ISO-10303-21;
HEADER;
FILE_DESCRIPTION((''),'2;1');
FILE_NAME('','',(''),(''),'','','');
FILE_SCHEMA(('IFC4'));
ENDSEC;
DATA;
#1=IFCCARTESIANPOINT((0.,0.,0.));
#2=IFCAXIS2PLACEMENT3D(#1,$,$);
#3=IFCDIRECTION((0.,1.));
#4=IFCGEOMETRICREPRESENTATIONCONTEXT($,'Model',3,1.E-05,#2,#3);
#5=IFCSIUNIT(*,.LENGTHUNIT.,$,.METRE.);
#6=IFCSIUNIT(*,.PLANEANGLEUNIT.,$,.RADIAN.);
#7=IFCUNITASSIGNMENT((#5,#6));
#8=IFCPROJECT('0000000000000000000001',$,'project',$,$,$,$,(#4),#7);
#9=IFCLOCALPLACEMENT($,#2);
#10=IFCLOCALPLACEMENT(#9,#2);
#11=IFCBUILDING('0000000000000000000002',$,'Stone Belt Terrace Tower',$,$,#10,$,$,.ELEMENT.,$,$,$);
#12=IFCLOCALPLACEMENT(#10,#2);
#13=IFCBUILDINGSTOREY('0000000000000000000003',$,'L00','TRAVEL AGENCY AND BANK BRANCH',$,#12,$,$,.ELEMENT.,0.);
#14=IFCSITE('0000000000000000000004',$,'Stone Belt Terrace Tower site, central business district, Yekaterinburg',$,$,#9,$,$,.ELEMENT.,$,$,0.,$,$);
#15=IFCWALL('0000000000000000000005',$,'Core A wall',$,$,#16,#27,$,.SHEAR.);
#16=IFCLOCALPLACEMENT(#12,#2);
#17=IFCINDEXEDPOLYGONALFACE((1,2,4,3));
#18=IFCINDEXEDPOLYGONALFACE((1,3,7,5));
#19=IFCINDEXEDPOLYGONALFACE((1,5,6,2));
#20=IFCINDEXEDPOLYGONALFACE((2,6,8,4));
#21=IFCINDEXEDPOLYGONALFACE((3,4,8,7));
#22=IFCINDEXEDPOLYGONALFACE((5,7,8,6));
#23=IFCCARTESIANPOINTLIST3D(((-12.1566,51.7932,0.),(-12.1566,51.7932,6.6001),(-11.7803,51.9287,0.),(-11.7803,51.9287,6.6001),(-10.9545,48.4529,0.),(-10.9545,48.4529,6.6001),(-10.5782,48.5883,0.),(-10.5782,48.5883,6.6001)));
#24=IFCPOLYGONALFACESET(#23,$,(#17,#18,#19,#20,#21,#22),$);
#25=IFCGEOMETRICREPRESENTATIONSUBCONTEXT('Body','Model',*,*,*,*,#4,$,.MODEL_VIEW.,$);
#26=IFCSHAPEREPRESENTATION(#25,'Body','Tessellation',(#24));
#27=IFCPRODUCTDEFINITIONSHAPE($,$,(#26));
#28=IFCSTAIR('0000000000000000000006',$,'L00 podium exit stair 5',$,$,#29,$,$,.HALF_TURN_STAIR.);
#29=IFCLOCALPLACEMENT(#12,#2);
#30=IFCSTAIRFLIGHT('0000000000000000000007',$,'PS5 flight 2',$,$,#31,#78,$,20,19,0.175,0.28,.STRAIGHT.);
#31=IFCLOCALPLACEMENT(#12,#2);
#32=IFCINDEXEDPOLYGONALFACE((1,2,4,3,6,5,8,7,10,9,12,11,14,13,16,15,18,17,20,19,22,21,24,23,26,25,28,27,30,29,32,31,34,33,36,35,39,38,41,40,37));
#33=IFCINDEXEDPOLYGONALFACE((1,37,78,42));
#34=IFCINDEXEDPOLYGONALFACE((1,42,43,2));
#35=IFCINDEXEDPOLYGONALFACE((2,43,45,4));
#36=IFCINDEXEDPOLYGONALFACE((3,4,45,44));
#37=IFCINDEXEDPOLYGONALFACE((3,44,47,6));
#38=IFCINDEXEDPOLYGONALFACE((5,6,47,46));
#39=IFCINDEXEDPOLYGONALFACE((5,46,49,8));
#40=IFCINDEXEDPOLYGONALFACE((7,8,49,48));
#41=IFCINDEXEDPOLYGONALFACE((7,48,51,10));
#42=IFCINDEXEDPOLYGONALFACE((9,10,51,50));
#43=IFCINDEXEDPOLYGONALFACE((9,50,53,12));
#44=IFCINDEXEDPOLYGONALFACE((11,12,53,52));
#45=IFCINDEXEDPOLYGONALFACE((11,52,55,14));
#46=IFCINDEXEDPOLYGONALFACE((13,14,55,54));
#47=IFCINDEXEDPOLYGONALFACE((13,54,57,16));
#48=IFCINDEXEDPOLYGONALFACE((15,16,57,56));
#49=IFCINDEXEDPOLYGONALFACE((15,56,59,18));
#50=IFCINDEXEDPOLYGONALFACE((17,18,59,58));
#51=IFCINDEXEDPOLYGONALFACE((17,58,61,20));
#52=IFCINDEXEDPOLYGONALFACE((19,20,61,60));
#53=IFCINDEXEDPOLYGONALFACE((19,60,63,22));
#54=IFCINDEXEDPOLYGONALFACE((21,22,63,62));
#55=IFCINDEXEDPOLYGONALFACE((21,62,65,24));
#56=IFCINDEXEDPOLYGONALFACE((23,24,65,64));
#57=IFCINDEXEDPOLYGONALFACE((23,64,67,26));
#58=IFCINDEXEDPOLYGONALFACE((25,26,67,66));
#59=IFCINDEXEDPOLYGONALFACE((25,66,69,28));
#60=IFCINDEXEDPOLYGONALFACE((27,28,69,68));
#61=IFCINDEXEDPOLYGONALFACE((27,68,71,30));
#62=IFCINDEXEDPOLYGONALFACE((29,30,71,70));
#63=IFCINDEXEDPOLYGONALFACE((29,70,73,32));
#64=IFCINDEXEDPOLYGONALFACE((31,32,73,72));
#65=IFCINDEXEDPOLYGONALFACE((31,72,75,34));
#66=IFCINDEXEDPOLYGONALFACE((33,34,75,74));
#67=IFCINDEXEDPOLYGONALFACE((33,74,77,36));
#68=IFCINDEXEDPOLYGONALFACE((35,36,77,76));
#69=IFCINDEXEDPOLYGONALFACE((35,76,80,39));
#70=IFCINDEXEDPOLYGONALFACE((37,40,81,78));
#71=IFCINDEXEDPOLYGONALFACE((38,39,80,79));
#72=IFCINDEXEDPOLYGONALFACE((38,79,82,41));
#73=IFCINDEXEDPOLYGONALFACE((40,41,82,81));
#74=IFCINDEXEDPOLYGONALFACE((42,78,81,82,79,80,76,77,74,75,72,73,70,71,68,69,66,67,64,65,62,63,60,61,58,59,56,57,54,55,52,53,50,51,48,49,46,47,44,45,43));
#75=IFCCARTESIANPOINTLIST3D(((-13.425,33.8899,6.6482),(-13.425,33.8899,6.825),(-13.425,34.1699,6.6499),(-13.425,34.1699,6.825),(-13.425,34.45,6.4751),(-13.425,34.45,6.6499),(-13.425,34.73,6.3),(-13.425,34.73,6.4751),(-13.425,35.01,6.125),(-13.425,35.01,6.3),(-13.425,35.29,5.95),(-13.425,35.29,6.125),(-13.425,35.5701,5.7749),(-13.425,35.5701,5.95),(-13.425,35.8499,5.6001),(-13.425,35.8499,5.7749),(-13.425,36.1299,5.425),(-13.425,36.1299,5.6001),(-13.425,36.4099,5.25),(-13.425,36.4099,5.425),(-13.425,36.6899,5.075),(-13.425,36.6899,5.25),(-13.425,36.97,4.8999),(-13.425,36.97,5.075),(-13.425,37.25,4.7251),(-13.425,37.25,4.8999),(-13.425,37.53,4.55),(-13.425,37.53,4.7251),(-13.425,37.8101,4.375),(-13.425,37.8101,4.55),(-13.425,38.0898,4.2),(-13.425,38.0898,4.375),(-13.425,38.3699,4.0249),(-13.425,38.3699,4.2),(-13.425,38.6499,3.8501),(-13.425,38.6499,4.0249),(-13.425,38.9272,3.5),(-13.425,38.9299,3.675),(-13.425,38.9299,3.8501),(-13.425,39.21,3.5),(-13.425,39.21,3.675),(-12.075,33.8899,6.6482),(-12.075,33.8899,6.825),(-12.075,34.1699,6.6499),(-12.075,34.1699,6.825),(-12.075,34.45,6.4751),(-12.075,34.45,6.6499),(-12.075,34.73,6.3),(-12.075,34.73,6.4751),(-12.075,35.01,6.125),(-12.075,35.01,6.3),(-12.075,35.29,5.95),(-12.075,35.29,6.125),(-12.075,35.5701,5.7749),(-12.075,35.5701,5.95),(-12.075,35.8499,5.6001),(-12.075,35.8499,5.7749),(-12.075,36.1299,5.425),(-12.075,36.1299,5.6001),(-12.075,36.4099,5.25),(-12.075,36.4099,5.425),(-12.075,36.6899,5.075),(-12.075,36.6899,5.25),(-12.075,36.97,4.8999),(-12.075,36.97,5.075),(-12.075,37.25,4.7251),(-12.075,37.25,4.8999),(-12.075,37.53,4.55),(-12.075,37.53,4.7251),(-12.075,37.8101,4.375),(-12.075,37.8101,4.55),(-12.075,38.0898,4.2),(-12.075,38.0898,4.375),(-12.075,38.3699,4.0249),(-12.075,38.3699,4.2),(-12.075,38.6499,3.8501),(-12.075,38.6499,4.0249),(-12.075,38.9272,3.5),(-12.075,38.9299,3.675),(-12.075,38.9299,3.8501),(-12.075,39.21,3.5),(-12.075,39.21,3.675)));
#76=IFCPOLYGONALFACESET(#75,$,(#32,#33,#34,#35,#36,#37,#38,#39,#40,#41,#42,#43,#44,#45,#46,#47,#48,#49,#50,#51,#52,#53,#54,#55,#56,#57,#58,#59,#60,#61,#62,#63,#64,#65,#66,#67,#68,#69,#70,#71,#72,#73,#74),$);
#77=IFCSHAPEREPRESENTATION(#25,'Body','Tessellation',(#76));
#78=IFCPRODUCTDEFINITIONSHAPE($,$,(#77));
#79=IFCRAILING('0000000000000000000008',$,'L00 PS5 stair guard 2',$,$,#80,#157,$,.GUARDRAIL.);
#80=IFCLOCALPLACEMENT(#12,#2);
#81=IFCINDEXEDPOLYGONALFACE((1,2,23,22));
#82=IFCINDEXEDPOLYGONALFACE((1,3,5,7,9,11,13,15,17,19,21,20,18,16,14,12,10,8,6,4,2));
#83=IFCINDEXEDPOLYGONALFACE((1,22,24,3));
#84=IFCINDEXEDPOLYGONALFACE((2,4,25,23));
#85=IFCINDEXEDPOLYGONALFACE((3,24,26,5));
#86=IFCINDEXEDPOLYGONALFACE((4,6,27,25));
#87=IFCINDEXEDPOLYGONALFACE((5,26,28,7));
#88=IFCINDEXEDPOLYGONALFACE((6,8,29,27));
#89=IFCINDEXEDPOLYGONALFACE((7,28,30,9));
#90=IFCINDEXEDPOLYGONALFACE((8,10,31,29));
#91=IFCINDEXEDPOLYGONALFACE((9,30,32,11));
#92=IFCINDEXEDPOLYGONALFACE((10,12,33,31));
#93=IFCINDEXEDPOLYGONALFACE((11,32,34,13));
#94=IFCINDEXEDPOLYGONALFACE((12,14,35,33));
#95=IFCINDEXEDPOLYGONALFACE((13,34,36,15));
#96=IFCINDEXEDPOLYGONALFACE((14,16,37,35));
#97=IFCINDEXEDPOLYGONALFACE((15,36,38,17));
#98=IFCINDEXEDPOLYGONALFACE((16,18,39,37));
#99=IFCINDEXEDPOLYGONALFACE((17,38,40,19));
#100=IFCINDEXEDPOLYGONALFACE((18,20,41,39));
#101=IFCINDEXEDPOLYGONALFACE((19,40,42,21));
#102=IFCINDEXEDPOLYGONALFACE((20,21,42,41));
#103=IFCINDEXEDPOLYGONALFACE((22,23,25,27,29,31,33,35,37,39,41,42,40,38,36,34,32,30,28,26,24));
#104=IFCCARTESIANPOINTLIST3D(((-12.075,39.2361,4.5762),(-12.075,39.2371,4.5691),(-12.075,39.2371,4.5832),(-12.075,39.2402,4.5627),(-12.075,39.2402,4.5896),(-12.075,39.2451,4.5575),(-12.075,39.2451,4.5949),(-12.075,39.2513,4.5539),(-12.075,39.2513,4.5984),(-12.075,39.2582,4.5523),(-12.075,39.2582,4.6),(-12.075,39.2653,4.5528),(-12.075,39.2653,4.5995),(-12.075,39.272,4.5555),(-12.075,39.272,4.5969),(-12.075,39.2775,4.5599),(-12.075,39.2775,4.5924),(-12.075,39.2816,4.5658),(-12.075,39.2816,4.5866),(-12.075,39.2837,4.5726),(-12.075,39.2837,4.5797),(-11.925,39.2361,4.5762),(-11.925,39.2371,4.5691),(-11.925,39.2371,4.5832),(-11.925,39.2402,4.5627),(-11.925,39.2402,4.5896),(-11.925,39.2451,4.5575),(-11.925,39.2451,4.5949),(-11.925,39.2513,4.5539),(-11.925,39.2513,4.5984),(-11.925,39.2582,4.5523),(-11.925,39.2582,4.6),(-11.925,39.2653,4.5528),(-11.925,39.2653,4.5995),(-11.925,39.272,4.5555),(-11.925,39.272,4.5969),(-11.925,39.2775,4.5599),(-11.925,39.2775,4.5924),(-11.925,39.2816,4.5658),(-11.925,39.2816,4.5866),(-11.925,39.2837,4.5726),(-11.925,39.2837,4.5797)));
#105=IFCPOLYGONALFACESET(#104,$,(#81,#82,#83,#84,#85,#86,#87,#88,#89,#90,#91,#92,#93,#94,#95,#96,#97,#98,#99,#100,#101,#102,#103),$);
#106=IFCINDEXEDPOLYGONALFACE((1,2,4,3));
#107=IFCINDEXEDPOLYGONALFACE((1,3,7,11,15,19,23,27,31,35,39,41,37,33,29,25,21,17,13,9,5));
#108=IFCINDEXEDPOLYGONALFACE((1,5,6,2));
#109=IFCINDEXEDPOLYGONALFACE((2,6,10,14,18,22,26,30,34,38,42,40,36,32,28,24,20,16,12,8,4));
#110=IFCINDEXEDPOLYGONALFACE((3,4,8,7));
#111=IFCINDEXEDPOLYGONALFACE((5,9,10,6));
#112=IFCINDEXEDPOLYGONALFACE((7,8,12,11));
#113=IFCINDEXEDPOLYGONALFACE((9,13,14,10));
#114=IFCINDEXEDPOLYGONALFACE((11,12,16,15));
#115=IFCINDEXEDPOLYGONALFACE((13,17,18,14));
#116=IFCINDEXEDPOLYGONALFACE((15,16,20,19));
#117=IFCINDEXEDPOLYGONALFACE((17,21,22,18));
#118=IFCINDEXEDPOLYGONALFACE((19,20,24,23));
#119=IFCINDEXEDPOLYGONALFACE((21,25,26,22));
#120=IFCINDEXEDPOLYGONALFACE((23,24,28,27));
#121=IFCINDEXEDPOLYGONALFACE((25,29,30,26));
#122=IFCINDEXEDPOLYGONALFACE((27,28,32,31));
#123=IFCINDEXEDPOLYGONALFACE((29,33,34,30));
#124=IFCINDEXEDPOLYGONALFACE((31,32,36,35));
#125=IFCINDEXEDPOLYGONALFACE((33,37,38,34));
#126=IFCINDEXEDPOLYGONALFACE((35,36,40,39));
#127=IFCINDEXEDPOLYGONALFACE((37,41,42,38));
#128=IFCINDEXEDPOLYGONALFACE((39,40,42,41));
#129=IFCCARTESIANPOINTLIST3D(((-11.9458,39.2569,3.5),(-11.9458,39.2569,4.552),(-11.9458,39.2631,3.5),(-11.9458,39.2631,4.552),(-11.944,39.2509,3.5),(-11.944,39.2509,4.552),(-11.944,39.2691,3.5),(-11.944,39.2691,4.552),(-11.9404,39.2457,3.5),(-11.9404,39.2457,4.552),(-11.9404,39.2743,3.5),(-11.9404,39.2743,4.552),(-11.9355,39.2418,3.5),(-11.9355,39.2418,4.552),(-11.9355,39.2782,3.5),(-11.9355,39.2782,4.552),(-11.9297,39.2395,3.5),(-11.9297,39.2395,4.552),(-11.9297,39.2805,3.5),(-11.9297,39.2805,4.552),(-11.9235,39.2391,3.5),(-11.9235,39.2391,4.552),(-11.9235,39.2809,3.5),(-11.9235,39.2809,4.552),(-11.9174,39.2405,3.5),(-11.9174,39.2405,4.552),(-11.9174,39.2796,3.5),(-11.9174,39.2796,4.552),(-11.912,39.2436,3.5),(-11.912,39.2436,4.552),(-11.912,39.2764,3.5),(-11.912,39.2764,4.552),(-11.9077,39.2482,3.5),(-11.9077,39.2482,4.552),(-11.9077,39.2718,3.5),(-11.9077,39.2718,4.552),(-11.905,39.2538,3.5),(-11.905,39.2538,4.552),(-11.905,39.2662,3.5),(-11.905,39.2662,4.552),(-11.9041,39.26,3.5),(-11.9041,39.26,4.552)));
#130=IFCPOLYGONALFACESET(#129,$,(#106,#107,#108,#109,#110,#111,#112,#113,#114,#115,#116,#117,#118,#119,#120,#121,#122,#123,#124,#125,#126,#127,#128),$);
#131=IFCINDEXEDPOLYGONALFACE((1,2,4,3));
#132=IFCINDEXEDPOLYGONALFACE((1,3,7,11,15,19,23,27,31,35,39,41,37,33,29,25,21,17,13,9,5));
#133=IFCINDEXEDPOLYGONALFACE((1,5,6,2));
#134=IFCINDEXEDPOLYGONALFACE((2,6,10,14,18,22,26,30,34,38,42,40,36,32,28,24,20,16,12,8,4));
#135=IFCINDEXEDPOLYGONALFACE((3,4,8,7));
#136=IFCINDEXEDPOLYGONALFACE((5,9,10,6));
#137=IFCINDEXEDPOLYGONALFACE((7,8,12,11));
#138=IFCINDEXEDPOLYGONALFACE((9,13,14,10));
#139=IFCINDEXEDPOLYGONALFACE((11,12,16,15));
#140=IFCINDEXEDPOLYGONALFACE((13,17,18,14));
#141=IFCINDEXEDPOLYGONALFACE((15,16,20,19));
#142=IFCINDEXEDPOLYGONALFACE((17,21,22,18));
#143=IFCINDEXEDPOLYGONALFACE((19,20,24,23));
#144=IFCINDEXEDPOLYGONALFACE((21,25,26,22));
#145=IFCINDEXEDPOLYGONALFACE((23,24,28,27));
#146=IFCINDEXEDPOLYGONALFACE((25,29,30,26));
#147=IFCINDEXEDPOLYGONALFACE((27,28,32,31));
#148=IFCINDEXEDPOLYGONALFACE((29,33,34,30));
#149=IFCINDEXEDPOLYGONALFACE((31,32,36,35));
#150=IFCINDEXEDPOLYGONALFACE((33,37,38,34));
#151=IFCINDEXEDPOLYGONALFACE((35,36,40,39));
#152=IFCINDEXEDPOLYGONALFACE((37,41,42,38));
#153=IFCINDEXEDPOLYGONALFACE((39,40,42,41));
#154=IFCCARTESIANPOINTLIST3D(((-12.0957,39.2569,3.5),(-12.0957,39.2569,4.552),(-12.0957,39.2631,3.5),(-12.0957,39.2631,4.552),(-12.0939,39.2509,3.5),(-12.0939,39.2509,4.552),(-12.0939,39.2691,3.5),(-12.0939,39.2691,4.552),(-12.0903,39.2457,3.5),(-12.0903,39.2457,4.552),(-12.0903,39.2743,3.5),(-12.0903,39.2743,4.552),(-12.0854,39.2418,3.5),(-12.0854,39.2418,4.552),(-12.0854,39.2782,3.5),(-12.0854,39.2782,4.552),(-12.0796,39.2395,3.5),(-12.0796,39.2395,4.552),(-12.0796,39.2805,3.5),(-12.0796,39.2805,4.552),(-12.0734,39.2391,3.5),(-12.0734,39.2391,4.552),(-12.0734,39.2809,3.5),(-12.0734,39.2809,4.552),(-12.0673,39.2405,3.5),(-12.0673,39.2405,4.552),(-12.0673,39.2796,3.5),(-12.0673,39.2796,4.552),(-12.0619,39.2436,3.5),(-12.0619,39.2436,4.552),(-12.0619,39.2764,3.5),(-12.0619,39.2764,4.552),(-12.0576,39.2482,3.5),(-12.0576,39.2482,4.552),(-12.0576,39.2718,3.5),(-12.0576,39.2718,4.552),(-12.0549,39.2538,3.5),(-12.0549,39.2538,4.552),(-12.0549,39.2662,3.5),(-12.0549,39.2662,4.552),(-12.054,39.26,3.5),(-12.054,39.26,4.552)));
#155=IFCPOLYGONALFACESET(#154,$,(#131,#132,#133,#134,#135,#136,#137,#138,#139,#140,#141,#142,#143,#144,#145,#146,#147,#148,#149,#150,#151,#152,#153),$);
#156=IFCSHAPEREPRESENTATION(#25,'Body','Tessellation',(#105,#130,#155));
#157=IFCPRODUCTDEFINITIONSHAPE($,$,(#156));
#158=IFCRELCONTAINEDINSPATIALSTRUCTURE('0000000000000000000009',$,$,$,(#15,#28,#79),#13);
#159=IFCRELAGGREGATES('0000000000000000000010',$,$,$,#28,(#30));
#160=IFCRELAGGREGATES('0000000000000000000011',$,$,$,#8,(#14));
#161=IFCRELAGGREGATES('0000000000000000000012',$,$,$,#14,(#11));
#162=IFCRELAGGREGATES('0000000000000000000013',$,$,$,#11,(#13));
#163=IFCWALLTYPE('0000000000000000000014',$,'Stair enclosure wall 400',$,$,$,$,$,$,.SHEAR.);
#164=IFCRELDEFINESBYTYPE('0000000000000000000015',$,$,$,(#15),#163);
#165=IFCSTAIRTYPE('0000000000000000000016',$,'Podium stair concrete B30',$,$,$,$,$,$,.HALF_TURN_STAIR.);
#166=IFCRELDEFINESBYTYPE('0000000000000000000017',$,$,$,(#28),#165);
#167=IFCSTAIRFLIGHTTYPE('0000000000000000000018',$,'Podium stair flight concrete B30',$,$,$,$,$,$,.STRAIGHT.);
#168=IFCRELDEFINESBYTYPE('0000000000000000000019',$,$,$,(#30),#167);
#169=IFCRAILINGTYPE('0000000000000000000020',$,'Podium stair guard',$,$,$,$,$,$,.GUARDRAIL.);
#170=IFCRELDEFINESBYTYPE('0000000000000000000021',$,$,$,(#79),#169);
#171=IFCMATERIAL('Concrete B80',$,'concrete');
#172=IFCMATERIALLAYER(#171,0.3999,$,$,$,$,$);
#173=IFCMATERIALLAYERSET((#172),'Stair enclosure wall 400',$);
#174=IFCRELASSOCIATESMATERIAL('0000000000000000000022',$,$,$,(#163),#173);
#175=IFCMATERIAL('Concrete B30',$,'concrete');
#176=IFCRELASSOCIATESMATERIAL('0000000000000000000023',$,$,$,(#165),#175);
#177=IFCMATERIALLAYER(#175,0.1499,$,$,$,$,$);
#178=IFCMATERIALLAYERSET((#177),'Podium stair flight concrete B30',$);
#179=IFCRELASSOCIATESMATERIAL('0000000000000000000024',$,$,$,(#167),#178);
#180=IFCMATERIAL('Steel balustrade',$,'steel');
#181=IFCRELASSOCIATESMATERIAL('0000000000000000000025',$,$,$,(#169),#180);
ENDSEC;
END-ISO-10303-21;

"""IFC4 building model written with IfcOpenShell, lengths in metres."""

from ifc_helpers import new_model, si_unit, direction, frame, frame_2d, origin, origin_2d, place, context, subcontext, project, spatial, polyline, rectangle, circle, outline, extrude, material, layer, layer_set, type_object, element, aggregate, save


model = new_model("IFC4")

# Units and contexts
model_context = context("Model", 3, precision=1e-05, world=origin(), true_north=direction((0.0, 1.0)))
body_context = subcontext(model_context, "Body", "Model", "MODEL_VIEW")
ifc_project = project(units=[si_unit("LENGTHUNIT", "METRE"), si_unit("PLANEANGLEUNIT", "RADIAN")], contexts=[model_context])

# Site, building, storey
site_placement = place(None, origin())
site = spatial("IfcSite", under=ifc_project, at=site_placement, Name="Stone Belt Terrace Tower site, central business district, Yekaterinburg", CompositionType="ELEMENT", RefElevation=0.0)
building_placement = place(site_placement, origin())
building = spatial("IfcBuilding", under=site, at=building_placement, Name="Stone Belt Terrace Tower", CompositionType="ELEMENT")
storey_placement = place(building_placement, origin())
storey = spatial("IfcBuildingStorey", under=building, at=storey_placement, Name="L00", Description="TRAVEL AGENCY AND BANK BRANCH", CompositionType="ELEMENT", Elevation=0.0)

# Shared definitions
ifc_material_1 = material(Name="Concrete B80", Category="concrete")

# Wall
ifc_material_2 = material(Name="Concrete B30", Category="concrete")
ifc_layer_1 = layer(ifc_material_1, 0.3999)
ifc_layer_set_1 = layer_set([ifc_layer_1], Name="Stair enclosure wall 400")
wall_type_1 = type_object("IfcWallType", Name="Stair enclosure wall 400", PredefinedType="SHEAR", material=ifc_layer_set_1)
wall_1_placement = place(storey_placement, frame((-10.7664, 48.5208, 0.0), z_axis=(0.0, 0.0, 1.0), x_axis=(-0.338627, 0.940921, 0.0)))
element("IfcWall", 1, at=wall_1_placement, inside=storey, type_object=wall_type_1, Name="Core A wall", PredefinedType="SHEAR", context=body_context, shape_type="SweptSolid", body=[
    extrude(rectangle(XDim=3.55, YDim=0.3999, at=frame_2d((1.7749, 0.0))), origin(), (0.0, 0.0, 1.0), 6.6001),
])

# Stair, stair flight
stair_type = type_object("IfcStairType", Name="Podium stair concrete B30", PredefinedType="HALF_TURN_STAIR", material=ifc_material_2)
stair_placement = place(storey_placement, origin())
stair = element("IfcStair", 2, at=stair_placement, inside=storey, type_object=stair_type, Name="L00 podium exit stair 5", PredefinedType="HALF_TURN_STAIR")
ifc_layer_2 = layer(ifc_material_2, 0.1499)
ifc_layer_set_2 = layer_set([ifc_layer_2], Name="Podium stair flight concrete B30")
stair_flight_type = type_object("IfcStairFlightType", Name="Podium stair flight concrete B30", PredefinedType="STRAIGHT", material=ifc_layer_set_2)
stair_flight_placement = place(storey_placement, frame((-12.75, 39.21, 3.5), z_axis=(0.0, 0.0, 1.0), x_axis=(0.0, -1.0, 0.0)))
stair_flight = element("IfcStairFlight", 3, at=stair_flight_placement, type_object=stair_flight_type, Name="PS5 flight 2", NumberOfRisers=20, NumberOfTreads=19, PredefinedType="STRAIGHT", RiserHeight=0.175, TreadLength=0.28, context=body_context, shape_type="SweptSolid", body=[
    extrude(outline(polyline([(0.0, 0.0), (0.0, 0.175), (0.28, 0.175), (0.28, 0.3501), (0.5601, 0.3501), (0.5601, 0.5249), (0.8401, 0.5249), (0.8401, 0.7), (1.1201, 0.7), (1.1201, 0.875), (1.3999, 0.875), (1.3999, 1.05), (1.6799, 1.05), (1.6799, 1.2251), (1.96, 1.2251), (1.96, 1.3999), (2.24, 1.3999), (2.24, 1.575), (2.52, 1.575), (2.52, 1.75), (2.8, 1.75), (2.8, 1.925), (3.0801, 1.925), (3.0801, 2.1001), (3.3601, 2.1001), (3.3601, 2.2749), (3.6399, 2.2749), (3.6399, 2.45), (3.9199, 2.45), (3.9199, 2.625), (4.2, 2.625), (4.2, 2.8), (4.48, 2.8), (4.48, 2.9751), (4.76, 2.9751), (4.76, 3.1499), (5.04, 3.1499), (5.04, 3.325), (5.3201, 3.325), (5.3201, 3.5), (5.3201, 3.1482), (0.2827, 0.0), (0.0, 0.0)])), frame((0.0, 0.675, 0.0), z_axis=(0.0, -1.0, 0.0), x_axis=(1.0, 0.0, 0.0)), (0.0, 0.0, 1.0), 1.3501),
])
aggregate(stair, [stair_flight])

# Railing
ifc_material_3 = material(Name="Steel balustrade", Category="steel")
railing_type_1 = type_object("IfcRailingType", Name="Podium stair guard", PredefinedType="GUARDRAIL", material=ifc_material_3)
railing_1_placement = place(storey_placement, frame((-11.925, 39.26, 3.5)))
element("IfcRailing", 4, at=railing_1_placement, inside=storey, type_object=railing_type_1, Name="L00 PS5 stair guard 2", PredefinedType="GUARDRAIL", context=body_context, shape_type="SweptSolid", body=[
    extrude(circle(Radius=0.0239, at=origin_2d()), frame((0.0, 0.0, 1.0762), z_axis=(-1.0, 0.0, 0.0), x_axis=(0.0, -1.0, 0.0)), (0.0, 0.0, 1.0), 0.1499),
    extrude(circle(Radius=0.021, at=origin_2d()), origin(), (0.0, 0.0, 1.0), 1.052),
    extrude(circle(Radius=0.021, at=origin_2d()), frame((-0.1499, 0.0, 0.0)), (0.0, 0.0, 1.0), 1.052),
])

save(model, "model.ifc")
